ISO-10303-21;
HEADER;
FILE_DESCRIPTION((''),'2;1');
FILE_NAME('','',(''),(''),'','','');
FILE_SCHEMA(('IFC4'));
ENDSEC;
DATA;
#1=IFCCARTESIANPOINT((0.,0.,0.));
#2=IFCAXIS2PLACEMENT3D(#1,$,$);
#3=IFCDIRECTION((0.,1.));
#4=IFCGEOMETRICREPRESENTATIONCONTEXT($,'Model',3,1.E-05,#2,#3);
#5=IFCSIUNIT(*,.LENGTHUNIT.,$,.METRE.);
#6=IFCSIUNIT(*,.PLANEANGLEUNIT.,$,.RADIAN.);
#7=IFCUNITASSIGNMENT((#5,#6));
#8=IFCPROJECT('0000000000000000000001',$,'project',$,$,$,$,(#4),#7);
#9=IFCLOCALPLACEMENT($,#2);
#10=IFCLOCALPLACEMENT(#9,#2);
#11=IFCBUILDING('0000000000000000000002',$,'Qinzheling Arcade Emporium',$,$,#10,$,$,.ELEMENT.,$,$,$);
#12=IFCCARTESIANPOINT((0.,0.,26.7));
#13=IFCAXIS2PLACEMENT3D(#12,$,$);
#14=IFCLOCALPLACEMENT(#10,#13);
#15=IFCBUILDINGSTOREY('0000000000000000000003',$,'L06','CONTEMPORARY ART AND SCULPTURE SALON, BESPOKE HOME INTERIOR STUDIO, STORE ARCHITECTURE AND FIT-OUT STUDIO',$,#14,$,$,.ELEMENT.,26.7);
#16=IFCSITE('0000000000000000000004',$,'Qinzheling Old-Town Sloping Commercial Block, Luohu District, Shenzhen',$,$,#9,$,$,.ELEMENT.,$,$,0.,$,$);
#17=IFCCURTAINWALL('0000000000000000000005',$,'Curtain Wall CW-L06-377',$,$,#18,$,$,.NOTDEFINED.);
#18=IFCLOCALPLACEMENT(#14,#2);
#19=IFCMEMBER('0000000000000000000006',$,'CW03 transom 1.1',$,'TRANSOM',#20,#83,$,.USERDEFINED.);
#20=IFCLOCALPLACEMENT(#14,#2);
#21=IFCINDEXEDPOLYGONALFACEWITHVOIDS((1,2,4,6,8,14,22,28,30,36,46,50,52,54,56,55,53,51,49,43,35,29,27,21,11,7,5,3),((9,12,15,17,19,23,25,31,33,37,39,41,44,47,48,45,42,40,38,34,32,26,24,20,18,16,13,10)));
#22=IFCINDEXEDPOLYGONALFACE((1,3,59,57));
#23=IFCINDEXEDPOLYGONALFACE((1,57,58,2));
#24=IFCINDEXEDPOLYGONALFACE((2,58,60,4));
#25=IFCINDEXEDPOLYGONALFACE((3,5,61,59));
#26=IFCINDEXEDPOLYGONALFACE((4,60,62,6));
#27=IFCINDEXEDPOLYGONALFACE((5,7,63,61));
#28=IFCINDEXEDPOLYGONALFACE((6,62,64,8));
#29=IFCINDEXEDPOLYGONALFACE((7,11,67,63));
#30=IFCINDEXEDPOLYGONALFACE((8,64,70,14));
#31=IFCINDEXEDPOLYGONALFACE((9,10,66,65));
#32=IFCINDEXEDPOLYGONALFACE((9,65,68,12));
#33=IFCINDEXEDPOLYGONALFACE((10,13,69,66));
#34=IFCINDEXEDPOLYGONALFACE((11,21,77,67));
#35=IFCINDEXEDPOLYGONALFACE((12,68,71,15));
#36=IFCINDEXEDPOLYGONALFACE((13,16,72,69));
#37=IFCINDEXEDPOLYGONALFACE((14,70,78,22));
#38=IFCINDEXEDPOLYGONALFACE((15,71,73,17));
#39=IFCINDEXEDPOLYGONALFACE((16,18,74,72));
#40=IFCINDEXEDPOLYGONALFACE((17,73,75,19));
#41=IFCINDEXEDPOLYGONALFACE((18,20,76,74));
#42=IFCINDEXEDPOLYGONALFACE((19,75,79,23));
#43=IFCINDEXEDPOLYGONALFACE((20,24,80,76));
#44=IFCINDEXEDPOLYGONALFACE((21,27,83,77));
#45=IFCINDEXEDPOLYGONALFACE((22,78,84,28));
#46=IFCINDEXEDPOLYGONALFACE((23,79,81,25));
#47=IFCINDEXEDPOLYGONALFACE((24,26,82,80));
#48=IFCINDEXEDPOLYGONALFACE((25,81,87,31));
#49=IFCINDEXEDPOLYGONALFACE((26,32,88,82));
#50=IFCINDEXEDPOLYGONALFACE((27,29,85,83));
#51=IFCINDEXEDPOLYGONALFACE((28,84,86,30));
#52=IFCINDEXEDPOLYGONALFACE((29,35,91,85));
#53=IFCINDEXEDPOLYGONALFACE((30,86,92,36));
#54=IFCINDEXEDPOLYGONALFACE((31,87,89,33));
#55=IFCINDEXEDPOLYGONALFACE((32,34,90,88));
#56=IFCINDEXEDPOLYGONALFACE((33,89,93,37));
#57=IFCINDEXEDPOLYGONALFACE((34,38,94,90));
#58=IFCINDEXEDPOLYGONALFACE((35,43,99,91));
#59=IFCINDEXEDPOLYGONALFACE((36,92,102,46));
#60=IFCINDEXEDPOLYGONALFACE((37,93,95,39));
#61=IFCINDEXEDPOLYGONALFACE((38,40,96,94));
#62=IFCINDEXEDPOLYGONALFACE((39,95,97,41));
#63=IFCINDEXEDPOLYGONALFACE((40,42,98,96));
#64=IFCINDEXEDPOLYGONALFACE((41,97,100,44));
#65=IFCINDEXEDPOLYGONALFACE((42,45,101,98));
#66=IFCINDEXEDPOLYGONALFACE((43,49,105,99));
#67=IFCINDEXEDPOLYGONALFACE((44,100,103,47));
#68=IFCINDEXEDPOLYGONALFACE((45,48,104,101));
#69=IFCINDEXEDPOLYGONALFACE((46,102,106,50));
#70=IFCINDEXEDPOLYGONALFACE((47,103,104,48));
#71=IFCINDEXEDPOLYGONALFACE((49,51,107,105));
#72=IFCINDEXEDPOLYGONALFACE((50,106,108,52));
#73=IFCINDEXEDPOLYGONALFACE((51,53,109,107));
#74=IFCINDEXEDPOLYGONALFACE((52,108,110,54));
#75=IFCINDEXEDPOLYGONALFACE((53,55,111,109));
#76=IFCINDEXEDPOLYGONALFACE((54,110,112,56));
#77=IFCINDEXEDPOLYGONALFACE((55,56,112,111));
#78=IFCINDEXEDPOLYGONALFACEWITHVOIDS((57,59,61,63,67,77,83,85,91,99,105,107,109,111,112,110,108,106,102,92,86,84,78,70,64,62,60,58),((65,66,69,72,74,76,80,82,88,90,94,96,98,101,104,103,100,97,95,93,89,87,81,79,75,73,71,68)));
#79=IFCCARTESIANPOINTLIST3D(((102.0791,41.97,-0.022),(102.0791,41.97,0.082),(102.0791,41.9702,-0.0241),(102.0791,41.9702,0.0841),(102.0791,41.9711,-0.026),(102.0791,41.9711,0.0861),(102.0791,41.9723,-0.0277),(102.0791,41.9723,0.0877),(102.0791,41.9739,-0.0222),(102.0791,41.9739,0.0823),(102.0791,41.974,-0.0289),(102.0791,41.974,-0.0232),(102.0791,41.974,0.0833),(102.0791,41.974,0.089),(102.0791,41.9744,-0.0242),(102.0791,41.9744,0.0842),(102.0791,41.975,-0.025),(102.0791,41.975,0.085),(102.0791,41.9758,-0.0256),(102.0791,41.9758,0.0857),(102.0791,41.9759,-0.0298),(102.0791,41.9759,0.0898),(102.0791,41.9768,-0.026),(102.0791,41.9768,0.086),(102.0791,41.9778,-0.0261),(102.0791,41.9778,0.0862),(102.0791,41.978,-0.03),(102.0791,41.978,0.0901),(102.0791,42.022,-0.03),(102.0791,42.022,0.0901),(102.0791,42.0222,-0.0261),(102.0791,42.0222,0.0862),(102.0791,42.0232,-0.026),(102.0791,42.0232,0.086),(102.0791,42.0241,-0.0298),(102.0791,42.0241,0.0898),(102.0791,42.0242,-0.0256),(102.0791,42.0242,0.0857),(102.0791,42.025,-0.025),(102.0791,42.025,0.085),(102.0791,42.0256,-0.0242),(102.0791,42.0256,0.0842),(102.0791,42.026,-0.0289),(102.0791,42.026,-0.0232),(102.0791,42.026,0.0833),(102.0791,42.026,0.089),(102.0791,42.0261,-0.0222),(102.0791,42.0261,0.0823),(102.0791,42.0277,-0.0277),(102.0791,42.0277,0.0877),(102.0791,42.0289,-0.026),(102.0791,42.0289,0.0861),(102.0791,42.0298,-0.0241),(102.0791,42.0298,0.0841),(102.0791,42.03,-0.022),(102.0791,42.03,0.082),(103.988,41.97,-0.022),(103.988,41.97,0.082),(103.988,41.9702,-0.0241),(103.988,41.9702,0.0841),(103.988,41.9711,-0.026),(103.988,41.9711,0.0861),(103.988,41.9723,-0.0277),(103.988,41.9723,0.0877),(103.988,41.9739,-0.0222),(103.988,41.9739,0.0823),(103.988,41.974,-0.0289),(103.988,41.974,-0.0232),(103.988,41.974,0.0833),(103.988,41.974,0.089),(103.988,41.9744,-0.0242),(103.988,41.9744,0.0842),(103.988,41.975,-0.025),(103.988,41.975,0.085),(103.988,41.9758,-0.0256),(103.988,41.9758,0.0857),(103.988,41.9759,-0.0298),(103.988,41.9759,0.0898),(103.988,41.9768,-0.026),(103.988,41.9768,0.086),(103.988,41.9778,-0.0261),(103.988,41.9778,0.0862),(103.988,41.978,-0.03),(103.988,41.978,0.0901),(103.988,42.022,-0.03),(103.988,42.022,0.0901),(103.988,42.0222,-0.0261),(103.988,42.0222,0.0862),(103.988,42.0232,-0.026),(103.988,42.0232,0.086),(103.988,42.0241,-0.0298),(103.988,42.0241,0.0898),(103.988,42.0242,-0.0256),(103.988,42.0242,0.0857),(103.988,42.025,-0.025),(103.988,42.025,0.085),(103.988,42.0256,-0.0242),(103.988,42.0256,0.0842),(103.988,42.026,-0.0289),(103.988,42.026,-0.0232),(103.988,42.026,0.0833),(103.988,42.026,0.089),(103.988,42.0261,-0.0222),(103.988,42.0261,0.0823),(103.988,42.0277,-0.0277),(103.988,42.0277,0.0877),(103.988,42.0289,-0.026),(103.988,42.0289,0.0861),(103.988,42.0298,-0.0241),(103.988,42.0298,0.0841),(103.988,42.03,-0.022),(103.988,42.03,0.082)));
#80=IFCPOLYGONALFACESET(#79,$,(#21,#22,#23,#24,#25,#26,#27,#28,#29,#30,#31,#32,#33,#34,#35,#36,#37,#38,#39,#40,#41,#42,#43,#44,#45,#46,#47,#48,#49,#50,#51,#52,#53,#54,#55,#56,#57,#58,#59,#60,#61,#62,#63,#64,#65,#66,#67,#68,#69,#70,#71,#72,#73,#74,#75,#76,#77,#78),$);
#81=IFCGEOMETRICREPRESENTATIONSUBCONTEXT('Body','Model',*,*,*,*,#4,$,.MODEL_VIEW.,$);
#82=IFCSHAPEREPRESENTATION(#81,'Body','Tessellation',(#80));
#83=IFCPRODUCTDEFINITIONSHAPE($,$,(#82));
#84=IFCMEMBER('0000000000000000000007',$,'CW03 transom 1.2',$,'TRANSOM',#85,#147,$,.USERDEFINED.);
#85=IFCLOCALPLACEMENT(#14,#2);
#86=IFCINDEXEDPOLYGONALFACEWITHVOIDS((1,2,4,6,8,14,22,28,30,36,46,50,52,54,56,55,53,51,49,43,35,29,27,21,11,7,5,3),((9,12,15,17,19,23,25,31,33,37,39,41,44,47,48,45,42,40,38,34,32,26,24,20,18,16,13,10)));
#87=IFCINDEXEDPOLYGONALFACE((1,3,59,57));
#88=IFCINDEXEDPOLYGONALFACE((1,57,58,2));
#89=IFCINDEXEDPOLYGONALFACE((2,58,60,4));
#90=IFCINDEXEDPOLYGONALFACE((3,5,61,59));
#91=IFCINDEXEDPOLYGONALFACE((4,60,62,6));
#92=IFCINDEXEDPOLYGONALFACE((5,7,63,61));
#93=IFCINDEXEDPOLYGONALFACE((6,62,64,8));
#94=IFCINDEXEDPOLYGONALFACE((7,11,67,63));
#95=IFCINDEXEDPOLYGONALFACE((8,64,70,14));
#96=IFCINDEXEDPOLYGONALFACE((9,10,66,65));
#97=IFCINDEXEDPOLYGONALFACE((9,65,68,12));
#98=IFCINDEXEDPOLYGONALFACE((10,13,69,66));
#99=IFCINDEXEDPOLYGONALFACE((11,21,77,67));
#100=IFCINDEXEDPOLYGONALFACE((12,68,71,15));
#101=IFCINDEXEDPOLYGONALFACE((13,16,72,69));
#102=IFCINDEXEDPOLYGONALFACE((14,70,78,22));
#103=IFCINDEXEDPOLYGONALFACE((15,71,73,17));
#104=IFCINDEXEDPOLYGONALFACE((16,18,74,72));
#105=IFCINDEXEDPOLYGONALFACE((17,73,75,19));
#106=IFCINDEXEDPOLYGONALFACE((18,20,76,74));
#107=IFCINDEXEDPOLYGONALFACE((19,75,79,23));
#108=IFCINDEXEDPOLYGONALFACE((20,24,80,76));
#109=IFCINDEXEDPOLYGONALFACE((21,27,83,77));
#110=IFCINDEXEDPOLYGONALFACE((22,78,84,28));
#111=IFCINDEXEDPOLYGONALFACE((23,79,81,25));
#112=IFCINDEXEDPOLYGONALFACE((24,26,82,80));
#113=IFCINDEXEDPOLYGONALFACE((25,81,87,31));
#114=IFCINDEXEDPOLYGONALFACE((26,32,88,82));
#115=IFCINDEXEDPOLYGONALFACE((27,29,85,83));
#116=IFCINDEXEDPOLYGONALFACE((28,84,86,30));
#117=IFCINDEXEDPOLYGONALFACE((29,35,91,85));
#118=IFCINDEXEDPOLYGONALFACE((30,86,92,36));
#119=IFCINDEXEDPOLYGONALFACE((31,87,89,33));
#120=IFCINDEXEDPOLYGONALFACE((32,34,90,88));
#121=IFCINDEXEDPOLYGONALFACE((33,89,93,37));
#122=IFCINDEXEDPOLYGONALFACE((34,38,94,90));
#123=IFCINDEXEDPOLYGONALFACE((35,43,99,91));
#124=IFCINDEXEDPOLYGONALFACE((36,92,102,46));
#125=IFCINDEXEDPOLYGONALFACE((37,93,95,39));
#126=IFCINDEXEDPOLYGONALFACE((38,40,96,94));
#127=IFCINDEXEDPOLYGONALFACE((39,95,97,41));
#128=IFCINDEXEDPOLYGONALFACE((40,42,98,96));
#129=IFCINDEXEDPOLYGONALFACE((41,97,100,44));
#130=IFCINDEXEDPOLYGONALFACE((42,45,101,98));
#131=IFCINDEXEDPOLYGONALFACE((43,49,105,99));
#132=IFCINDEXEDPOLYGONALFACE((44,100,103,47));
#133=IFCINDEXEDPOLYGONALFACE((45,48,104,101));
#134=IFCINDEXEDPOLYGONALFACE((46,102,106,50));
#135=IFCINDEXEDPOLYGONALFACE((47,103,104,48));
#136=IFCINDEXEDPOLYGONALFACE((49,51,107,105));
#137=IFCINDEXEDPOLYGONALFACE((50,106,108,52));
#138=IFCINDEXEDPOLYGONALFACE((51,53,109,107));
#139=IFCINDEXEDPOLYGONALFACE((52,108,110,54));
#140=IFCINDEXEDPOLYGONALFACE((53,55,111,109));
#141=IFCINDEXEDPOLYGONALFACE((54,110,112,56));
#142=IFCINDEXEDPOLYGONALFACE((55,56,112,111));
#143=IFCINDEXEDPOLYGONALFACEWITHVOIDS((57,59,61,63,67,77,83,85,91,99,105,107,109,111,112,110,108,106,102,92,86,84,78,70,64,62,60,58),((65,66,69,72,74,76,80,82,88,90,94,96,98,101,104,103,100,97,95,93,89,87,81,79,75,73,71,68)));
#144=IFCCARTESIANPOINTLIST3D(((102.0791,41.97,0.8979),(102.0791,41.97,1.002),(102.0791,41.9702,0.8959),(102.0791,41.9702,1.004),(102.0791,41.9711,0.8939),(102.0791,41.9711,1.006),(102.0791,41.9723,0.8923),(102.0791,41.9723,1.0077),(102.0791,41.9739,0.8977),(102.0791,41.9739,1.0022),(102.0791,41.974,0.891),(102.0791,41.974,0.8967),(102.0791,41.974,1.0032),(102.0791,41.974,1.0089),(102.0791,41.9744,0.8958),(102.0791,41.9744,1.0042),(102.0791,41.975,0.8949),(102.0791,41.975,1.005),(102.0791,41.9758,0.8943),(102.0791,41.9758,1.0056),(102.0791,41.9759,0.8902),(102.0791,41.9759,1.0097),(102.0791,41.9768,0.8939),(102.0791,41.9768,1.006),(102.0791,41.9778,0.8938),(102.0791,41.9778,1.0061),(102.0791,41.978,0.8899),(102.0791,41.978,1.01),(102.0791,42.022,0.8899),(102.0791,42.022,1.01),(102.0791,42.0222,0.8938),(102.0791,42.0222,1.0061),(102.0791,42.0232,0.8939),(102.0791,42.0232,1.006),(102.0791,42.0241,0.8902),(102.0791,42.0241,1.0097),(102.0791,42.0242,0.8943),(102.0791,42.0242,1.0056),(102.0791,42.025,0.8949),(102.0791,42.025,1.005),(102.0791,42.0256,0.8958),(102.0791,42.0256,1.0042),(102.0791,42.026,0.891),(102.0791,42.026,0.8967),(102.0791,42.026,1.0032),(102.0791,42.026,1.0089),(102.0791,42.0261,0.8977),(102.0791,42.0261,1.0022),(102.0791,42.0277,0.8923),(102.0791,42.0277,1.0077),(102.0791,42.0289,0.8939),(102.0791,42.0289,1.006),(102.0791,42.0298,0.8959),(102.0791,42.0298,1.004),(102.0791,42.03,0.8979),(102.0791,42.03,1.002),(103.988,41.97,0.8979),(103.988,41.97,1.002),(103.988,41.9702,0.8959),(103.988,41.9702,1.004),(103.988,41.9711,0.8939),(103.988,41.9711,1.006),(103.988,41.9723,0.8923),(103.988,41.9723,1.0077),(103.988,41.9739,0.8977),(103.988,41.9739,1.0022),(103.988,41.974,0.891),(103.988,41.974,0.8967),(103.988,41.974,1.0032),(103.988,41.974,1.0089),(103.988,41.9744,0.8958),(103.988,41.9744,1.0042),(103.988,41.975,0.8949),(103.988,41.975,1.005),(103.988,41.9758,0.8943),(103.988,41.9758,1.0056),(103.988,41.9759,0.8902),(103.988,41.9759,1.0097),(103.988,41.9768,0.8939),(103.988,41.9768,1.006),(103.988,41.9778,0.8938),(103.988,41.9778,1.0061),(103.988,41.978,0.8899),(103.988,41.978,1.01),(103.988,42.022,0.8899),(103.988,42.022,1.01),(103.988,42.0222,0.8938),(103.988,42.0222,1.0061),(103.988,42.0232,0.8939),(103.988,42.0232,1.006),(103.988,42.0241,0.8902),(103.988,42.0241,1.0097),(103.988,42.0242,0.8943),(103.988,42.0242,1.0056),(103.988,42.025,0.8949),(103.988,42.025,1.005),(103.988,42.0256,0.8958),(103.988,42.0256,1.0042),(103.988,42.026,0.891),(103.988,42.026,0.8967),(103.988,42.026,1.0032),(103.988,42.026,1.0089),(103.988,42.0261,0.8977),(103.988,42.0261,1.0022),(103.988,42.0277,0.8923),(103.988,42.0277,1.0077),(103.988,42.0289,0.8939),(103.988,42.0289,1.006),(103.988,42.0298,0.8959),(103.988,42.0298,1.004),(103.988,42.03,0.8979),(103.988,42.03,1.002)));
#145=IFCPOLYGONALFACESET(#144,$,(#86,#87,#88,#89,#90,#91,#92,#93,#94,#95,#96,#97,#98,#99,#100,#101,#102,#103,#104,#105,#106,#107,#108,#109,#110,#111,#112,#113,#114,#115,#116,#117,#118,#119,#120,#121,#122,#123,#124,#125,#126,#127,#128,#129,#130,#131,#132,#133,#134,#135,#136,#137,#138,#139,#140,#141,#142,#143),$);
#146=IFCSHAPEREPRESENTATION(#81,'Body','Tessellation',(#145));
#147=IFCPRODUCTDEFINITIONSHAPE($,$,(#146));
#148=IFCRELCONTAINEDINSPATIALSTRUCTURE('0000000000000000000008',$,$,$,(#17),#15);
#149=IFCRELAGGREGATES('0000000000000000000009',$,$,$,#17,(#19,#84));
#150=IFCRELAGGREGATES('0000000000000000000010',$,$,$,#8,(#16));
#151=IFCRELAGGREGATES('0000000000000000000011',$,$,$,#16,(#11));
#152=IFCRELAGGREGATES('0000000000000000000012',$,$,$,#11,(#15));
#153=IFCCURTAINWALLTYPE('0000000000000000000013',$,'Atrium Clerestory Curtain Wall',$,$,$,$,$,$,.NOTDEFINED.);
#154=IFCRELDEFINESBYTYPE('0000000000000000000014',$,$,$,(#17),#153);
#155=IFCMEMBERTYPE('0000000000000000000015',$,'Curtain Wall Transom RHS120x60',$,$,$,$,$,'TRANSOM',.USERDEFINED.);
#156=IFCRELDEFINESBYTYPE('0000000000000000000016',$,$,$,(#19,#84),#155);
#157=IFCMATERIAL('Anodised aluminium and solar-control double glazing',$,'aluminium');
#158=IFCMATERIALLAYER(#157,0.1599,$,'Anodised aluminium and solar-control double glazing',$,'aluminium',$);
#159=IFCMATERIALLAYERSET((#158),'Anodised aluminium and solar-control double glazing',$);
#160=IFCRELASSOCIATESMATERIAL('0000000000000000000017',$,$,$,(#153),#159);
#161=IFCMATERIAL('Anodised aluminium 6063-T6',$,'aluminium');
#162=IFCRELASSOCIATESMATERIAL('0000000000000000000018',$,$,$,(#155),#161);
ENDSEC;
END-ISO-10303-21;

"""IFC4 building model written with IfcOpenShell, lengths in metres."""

from ifc_helpers import new_model, si_unit, direction, frame, origin, origin_2d, place, context, subcontext, project, spatial, hollow_rectangle, extrude, material, layer, layer_set, material_profile, profile_set, type_object, element, aggregate, save


model = new_model("IFC4")

# Units and contexts
model_context = context("Model", 3, precision=1e-05, world=origin(), true_north=direction((0.0, 1.0)))
body_context = subcontext(model_context, "Body", "Model", "MODEL_VIEW")
ifc_project = project(units=[si_unit("LENGTHUNIT", "METRE"), si_unit("PLANEANGLEUNIT", "RADIAN")], contexts=[model_context])

# Site, building, storey
site_placement = place(None, origin())
site = spatial("IfcSite", under=ifc_project, at=site_placement, Name="Qinzheling Old-Town Sloping Commercial Block, Luohu District, Shenzhen", CompositionType="ELEMENT", RefElevation=0.0)
building_placement = place(site_placement, origin())
building = spatial("IfcBuilding", under=site, at=building_placement, Name="Qinzheling Arcade Emporium", CompositionType="ELEMENT")
storey_placement = place(building_placement, frame((0.0, 0.0, 26.7)))
storey = spatial("IfcBuildingStorey", under=building, at=storey_placement, Name="L06", Description="CONTEMPORARY ART AND SCULPTURE SALON, BESPOKE HOME INTERIOR STUDIO, STORE ARCHITECTURE AND FIT-OUT STUDIO", CompositionType="ELEMENT", Elevation=26.7)

# Shared definitions
ifc_material_1 = material(Name="Anodised aluminium and solar-control double glazing", Category="aluminium")
ifc_layer_1 = layer(ifc_material_1, 0.1599, Name="Anodised aluminium and solar-control double glazing", Category="aluminium")
ifc_layer_set_1 = layer_set([ifc_layer_1], Name="Anodised aluminium and solar-control double glazing")
curtain_wall_type = type_object("IfcCurtainWallType", Name="Atrium Clerestory Curtain Wall", PredefinedType="NOTDEFINED", material=ifc_layer_set_1)
ifc_material_2 = material(Name="Anodised aluminium 6063-T6", Category="aluminium")

# Curtain wall
curtain_wall_1_placement = place(storey_placement, origin())
curtain_wall_1 = element("IfcCurtainWall", 1, at=curtain_wall_1_placement, inside=storey, type_object=curtain_wall_type, Name="Curtain Wall CW-L06-377", PredefinedType="NOTDEFINED")

# Members
ifc_material_profile_1 = material_profile(ifc_material_2, hollow_rectangle(XDim=0.0601, YDim=0.1201, WallThickness=0.0039, InnerFilletRadius=0.0039, OuterFilletRadius=0.0081, at=origin_2d()), Name="RHS 120x60x4", Category="aluminium")
ifc_profile_set_1 = profile_set([ifc_material_profile_1], Name="Anodised aluminium 6063-T6")
member_type_1 = type_object("IfcMemberType", Name="Curtain Wall Transom RHS120x60", ElementType="TRANSOM", PredefinedType="USERDEFINED", material=ifc_profile_set_1)
member_1_placement = place(storey_placement, frame((103.988, 42.0, 0.03), z_axis=(-1.0, 0.0, 0.0), x_axis=(0.0, -1.0, 0.0)))
member_1 = element("IfcMember", 2, at=member_1_placement, type_object=member_type_1, Name="CW03 transom 1.1", ObjectType="TRANSOM", PredefinedType="USERDEFINED", context=body_context, shape_type="SweptSolid", body=[
    extrude(hollow_rectangle(XDim=0.0601, YDim=0.1201, WallThickness=0.0039, InnerFilletRadius=0.0039, OuterFilletRadius=0.0081, at=origin_2d()), origin(), (0.0, 0.0, 1.0), 1.9089),
])
member_2_placement = place(storey_placement, frame((103.988, 42.0, 0.95), z_axis=(-1.0, 0.0, 0.0), x_axis=(0.0, -1.0, 0.0)))
member_2 = element("IfcMember", 3, at=member_2_placement, type_object=member_type_1, Name="CW03 transom 1.2", ObjectType="TRANSOM", PredefinedType="USERDEFINED", context=body_context, shape_type="SweptSolid", body=[
    extrude(hollow_rectangle(XDim=0.0601, YDim=0.1201, WallThickness=0.0039, InnerFilletRadius=0.0039, OuterFilletRadius=0.0081, at=origin_2d()), origin(), (0.0, 0.0, 1.0), 1.9089),
])

aggregate(curtain_wall_1, [member_1, member_2])

save(model, "model.ifc")
